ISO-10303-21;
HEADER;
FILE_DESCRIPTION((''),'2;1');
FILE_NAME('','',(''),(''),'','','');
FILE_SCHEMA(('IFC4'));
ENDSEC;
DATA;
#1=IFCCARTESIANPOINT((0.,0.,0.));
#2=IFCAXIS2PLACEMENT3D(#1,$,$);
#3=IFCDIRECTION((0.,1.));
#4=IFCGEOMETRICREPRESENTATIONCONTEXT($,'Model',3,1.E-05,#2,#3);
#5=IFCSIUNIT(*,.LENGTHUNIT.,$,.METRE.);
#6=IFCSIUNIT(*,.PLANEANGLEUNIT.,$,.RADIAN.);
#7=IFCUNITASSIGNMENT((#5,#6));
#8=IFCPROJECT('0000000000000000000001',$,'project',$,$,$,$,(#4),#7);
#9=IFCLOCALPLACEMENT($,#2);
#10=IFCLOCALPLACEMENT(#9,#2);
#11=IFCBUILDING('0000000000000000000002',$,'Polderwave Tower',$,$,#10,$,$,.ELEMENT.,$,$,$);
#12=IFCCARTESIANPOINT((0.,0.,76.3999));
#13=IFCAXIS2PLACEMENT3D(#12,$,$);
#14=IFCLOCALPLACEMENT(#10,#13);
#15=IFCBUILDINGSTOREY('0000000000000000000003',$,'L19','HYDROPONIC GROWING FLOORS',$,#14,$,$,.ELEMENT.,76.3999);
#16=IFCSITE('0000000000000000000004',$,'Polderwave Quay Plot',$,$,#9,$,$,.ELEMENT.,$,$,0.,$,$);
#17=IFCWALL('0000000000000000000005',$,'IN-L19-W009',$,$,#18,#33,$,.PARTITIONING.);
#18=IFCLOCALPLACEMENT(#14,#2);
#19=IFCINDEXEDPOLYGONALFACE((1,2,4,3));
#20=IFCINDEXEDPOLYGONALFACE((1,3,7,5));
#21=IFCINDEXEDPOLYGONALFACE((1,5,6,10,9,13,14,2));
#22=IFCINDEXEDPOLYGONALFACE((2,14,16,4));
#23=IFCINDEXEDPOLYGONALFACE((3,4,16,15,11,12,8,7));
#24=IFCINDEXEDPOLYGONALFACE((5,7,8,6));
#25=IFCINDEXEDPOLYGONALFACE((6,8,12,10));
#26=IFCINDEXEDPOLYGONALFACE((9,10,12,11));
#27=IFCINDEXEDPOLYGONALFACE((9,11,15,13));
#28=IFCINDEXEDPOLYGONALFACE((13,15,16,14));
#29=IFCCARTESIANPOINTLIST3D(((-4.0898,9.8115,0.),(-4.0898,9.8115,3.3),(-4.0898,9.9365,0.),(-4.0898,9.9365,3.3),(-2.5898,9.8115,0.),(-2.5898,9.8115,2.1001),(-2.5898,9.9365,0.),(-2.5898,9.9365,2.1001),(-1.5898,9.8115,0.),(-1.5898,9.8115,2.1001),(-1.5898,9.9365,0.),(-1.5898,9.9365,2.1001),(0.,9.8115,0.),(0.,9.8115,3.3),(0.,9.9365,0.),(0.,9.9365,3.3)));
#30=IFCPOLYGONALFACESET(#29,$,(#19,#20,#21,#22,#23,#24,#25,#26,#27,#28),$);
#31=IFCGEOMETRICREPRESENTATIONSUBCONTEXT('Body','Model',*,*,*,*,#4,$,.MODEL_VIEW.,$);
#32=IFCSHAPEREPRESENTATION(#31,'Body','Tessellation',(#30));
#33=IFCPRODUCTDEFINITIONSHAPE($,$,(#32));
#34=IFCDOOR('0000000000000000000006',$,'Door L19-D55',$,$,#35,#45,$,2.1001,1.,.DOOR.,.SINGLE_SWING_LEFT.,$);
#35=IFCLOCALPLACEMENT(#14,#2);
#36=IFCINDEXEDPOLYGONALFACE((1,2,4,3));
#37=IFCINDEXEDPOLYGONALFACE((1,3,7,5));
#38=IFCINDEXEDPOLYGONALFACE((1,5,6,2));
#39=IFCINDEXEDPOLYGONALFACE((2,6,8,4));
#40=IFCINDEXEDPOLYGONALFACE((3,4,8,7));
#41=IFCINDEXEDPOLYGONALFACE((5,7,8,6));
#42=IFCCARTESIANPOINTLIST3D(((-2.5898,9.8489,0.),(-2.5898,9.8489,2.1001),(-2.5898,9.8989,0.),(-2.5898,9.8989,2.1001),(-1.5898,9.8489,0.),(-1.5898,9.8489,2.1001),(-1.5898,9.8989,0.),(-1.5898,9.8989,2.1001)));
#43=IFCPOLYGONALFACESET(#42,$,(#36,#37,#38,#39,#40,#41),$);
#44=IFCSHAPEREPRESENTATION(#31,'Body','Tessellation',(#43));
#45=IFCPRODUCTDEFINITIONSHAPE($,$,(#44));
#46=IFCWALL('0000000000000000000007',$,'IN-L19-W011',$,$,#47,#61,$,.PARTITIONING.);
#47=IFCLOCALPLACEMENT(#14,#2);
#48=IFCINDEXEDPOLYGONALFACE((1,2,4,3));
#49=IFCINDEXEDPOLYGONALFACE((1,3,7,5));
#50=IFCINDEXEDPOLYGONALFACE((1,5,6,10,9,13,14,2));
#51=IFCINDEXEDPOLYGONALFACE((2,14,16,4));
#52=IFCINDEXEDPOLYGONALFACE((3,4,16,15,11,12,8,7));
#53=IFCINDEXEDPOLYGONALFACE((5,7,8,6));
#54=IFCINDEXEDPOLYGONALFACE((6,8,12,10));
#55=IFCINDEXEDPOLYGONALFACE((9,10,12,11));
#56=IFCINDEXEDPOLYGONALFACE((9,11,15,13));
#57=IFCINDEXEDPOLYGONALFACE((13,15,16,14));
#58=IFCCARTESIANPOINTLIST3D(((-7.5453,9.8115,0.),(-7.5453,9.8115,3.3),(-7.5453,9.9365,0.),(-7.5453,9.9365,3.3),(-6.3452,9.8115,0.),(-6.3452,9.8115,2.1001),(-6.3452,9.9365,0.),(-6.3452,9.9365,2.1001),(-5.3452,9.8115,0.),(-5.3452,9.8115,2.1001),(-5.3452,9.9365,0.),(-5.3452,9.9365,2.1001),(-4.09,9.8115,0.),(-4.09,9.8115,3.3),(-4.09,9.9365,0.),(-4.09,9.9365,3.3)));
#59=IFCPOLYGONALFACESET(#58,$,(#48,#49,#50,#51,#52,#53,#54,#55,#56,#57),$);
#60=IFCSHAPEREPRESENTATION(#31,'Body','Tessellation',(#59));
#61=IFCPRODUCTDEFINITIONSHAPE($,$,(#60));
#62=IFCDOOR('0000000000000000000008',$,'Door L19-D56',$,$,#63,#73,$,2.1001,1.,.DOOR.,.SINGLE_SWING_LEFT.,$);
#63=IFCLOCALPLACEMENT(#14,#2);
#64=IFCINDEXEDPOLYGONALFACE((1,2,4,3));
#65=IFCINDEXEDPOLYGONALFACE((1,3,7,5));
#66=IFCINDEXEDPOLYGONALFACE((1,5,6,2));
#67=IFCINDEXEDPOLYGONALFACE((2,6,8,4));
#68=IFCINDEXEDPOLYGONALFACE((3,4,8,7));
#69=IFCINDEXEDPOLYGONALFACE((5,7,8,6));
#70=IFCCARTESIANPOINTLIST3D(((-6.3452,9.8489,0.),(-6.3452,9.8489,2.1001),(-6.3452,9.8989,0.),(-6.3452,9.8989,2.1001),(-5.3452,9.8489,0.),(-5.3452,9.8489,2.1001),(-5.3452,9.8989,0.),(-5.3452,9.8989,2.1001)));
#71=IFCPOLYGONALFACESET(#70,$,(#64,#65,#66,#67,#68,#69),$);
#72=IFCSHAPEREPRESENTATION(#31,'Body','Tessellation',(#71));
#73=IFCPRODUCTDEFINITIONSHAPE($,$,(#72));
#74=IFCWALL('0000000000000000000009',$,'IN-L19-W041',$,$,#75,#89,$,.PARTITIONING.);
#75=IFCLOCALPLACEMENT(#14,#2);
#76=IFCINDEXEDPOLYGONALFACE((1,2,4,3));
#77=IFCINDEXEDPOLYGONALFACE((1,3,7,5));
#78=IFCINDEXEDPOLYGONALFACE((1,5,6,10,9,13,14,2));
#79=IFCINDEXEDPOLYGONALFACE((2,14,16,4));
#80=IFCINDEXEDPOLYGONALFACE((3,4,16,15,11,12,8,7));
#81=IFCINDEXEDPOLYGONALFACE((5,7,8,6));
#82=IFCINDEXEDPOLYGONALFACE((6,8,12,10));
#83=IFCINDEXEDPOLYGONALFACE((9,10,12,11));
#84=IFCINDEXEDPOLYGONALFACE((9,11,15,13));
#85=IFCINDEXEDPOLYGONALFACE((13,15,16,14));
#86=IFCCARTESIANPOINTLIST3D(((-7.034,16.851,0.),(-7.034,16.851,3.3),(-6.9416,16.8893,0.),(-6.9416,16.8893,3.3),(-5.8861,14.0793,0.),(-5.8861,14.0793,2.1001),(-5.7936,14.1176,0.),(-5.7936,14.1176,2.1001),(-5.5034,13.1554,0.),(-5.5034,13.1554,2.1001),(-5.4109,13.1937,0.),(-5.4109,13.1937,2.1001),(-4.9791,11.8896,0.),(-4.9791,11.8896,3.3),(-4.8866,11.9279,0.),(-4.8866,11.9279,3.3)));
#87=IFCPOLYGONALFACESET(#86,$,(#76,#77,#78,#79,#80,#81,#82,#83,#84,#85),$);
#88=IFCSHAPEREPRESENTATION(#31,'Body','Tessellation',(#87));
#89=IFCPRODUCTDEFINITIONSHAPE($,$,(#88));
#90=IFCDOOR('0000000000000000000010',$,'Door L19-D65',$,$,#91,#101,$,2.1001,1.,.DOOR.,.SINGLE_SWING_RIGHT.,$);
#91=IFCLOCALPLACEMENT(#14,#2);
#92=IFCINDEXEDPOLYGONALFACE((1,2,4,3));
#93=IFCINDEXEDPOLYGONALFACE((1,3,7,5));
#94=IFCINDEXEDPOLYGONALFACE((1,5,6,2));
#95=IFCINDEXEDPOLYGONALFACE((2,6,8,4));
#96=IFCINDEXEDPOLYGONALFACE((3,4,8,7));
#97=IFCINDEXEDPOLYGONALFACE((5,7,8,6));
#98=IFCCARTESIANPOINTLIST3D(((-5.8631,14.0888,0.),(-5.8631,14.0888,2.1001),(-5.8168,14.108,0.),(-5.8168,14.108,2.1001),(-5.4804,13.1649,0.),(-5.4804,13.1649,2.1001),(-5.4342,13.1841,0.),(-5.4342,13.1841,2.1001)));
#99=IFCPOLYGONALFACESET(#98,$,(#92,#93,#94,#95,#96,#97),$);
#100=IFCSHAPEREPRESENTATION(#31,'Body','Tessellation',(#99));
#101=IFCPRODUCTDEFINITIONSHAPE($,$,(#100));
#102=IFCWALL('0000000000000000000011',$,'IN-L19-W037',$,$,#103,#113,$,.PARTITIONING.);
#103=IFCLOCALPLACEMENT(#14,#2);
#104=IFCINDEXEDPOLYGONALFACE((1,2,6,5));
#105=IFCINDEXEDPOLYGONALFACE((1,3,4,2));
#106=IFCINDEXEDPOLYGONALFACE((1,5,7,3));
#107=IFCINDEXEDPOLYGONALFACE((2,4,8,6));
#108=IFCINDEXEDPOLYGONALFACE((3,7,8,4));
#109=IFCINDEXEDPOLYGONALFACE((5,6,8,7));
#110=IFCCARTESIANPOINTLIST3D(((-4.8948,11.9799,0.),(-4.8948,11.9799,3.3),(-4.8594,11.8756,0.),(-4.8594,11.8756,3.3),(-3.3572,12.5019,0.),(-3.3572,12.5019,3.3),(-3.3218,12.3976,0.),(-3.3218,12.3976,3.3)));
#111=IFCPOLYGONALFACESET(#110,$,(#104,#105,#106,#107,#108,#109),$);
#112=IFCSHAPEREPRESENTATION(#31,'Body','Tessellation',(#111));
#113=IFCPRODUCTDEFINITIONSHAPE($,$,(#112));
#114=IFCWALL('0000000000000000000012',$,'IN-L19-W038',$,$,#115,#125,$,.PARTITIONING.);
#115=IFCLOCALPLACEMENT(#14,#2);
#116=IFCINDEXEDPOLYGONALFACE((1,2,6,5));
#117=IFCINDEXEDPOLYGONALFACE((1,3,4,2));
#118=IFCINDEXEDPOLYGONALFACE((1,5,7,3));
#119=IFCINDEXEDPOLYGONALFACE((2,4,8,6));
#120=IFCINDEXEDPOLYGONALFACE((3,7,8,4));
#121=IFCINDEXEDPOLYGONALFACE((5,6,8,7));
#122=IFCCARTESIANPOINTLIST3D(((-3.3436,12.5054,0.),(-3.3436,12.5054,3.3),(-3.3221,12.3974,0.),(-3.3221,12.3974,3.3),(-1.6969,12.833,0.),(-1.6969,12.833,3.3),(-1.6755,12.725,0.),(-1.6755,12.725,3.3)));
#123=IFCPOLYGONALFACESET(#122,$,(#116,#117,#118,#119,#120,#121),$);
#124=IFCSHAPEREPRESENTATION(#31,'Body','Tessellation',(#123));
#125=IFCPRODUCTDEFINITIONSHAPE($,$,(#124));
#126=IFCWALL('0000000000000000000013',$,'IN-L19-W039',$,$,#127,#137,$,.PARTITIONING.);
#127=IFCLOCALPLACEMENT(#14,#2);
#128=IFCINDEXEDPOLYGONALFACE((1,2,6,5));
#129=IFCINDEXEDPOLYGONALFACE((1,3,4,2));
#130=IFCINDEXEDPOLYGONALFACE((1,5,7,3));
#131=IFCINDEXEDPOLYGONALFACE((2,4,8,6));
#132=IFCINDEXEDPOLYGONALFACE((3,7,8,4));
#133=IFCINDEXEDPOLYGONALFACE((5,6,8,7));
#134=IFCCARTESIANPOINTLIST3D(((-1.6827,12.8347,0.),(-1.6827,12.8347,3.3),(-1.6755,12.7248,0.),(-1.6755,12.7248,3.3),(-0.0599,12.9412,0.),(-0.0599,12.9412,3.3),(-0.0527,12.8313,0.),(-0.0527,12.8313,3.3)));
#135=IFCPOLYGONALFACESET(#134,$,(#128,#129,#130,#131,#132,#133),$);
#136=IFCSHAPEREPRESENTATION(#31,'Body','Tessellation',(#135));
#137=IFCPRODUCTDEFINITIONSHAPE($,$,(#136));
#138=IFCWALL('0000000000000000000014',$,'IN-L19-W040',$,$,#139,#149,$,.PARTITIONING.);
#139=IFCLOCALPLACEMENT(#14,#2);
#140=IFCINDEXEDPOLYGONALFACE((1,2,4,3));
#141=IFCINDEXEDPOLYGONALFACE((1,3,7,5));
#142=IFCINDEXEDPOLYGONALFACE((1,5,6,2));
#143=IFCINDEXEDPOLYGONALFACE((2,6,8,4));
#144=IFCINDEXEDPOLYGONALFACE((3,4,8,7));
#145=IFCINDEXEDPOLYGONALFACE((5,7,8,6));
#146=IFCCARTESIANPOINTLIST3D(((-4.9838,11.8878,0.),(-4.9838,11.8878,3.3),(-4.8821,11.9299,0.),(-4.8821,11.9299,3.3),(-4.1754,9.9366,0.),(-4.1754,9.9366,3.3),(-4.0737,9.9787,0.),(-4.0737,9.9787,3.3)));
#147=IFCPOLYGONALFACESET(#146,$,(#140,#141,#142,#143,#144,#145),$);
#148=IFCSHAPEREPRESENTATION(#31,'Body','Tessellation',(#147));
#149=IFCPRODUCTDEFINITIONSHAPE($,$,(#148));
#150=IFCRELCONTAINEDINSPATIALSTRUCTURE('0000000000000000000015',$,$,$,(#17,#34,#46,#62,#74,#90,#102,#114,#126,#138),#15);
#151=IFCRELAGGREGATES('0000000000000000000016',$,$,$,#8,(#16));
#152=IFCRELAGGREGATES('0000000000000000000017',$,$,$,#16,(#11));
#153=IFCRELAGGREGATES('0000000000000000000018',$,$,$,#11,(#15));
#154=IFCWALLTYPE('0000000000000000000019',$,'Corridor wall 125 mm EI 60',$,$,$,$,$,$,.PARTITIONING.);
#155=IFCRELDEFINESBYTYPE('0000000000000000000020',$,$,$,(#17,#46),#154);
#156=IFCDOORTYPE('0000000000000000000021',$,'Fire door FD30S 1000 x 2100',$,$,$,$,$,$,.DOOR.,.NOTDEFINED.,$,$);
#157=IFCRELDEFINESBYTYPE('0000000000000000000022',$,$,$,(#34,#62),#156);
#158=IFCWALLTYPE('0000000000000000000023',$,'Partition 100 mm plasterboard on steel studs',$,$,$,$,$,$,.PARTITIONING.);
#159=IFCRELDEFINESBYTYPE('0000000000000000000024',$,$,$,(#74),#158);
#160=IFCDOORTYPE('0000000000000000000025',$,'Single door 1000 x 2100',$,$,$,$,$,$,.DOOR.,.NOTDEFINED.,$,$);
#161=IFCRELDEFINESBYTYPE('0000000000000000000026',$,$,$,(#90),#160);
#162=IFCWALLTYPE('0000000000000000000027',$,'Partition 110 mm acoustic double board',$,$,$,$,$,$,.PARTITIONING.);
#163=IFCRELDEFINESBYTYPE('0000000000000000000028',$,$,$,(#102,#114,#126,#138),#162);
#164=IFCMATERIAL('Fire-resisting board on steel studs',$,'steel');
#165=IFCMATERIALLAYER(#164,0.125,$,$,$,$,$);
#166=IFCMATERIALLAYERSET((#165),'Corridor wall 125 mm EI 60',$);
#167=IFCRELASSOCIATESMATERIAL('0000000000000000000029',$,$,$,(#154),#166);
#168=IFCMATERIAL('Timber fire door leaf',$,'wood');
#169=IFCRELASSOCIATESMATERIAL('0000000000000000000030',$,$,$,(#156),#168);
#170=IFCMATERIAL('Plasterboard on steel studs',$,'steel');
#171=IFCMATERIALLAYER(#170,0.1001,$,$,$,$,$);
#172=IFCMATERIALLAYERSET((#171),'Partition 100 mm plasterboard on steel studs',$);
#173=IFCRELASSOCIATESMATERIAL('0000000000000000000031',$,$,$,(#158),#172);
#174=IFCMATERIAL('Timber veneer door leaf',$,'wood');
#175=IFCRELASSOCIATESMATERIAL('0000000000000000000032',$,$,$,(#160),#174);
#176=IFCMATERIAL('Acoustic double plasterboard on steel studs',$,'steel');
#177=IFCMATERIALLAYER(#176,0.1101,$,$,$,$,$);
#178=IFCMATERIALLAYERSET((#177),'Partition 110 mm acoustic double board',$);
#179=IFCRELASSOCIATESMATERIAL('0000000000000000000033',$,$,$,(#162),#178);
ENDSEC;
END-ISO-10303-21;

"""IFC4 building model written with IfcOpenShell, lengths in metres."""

from ifc_helpers import new_model, si_unit, direction, frame, frame_2d, origin, place, context, subcontext, project, spatial, rectangle, extrude, material, layer, layer_set, type_object, element, fill, save


model = new_model("IFC4")

# Units and contexts
model_context = context("Model", 3, precision=1e-05, world=origin(), true_north=direction((0.0, 1.0)))
body_context = subcontext(model_context, "Body", "Model", "MODEL_VIEW")
ifc_project = project(units=[si_unit("LENGTHUNIT", "METRE"), si_unit("PLANEANGLEUNIT", "RADIAN")], contexts=[model_context])

# Site, building, storey
site_placement = place(None, origin())
site = spatial("IfcSite", under=ifc_project, at=site_placement, Name="Polderwave Quay Plot", CompositionType="ELEMENT", RefElevation=0.0)
building_placement = place(site_placement, origin())
building = spatial("IfcBuilding", under=site, at=building_placement, Name="Polderwave Tower", CompositionType="ELEMENT")
storey_placement = place(building_placement, frame((0.0, 0.0, 76.3999)))
storey = spatial("IfcBuildingStorey", under=building, at=storey_placement, Name="L19", Description="HYDROPONIC GROWING FLOORS", CompositionType="ELEMENT", Elevation=76.3999)

# Walls, openings, doors
ifc_material_1 = material(Name="Fire-resisting board on steel studs", Category="steel")
ifc_layer_1 = layer(ifc_material_1, 0.125)
ifc_layer_set_1 = layer_set([ifc_layer_1], Name="Corridor wall 125 mm EI 60")
wall_type_1 = type_object("IfcWallType", Name="Corridor wall 125 mm EI 60", PredefinedType="PARTITIONING", material=ifc_layer_set_1)
wall_1_placement = place(storey_placement, frame((-4.0898, 9.874, 0.0), z_axis=(0.0, 0.0, 1.0), x_axis=(1.0, 0.0, 0.0)))
wall_1 = element("IfcWall", 1, at=wall_1_placement, inside=storey, type_object=wall_type_1, Name="IN-L19-W009", PredefinedType="PARTITIONING", context=body_context, shape_type="SweptSolid", body=[
    extrude(rectangle(XDim=4.0898, YDim=0.125, at=frame_2d((2.0449, 0.0))), origin(), (0.0, 0.0, 1.0), 3.3),
])
opening_1_placement = place(wall_1_placement, frame((1.5, 0.0, 0.0)))
opening_1 = element("IfcOpeningElement", 2, at=opening_1_placement, cuts=wall_1, PredefinedType="OPENING", context=body_context, shape_type="SweptSolid", body=[
    extrude(rectangle(XDim=1.0, YDim=2.1001, at=frame_2d((0.5, 1.05))), frame((0.0, 0.0725, 0.0), z_axis=(0.0, -1.0, 0.0), x_axis=(1.0, 0.0, 0.0)), (0.0, 0.0, 1.0), 0.145),
])
ifc_material_2 = material(Name="Timber fire door leaf", Category="wood")
door_type_1 = type_object("IfcDoorType", Name="Fire door FD30S 1000 x 2100", OperationType="NOTDEFINED", PredefinedType="DOOR", material=ifc_material_2)
door_1_placement = place(opening_1_placement, origin())
door_1 = element("IfcDoor", 3, at=door_1_placement, inside=storey, type_object=door_type_1, Name="Door L19-D55", OperationType="SINGLE_SWING_LEFT", OverallHeight=2.1001, OverallWidth=1.0, PredefinedType="DOOR", context=body_context, shape_type="SweptSolid", body=[
    extrude(rectangle(XDim=1.0, YDim=2.1001, at=frame_2d((0.5, 1.05))), frame((0.0, 0.0249, 0.0), z_axis=(0.0, -1.0, 0.0), x_axis=(1.0, 0.0, 0.0)), (0.0, 0.0, 1.0), 0.05),
])
fill(opening_1, door_1)
wall_2_placement = place(storey_placement, frame((-7.5452, 9.874, 0.0), z_axis=(0.0, 0.0, 1.0), x_axis=(1.0, 0.0, 0.0)))
wall_2 = element("IfcWall", 4, at=wall_2_placement, inside=storey, type_object=wall_type_1, Name="IN-L19-W011", PredefinedType="PARTITIONING", context=body_context, shape_type="SweptSolid", body=[
    extrude(rectangle(XDim=3.4553, YDim=0.125, at=frame_2d((1.7275, 0.0))), origin(), (0.0, 0.0, 1.0), 3.3),
])
opening_2_placement = place(wall_2_placement, frame((1.2, 0.0, 0.0)))
opening_2 = element("IfcOpeningElement", 5, at=opening_2_placement, cuts=wall_2, PredefinedType="OPENING", context=body_context, shape_type="SweptSolid", body=[
    extrude(rectangle(XDim=1.0, YDim=2.1001, at=frame_2d((0.5, 1.05))), frame((0.0, 0.0725, 0.0), z_axis=(0.0, -1.0, 0.0), x_axis=(1.0, 0.0, 0.0)), (0.0, 0.0, 1.0), 0.145),
])
door_2_placement = place(opening_2_placement, origin())
door_2 = element("IfcDoor", 6, at=door_2_placement, inside=storey, type_object=door_type_1, Name="Door L19-D56", OperationType="SINGLE_SWING_LEFT", OverallHeight=2.1001, OverallWidth=1.0, PredefinedType="DOOR", context=body_context, shape_type="SweptSolid", body=[
    extrude(rectangle(XDim=1.0, YDim=2.1001, at=frame_2d((0.5, 1.05))), frame((0.0, 0.0249, 0.0), z_axis=(0.0, -1.0, 0.0), x_axis=(1.0, 0.0, 0.0)), (0.0, 0.0, 1.0), 0.05),
])
fill(opening_2, door_2)
ifc_material_3 = material(Name="Plasterboard on steel studs", Category="steel")
ifc_layer_2 = layer(ifc_material_3, 0.1001)
ifc_layer_set_2 = layer_set([ifc_layer_2], Name="Partition 100 mm plasterboard on steel studs")
wall_type_2 = type_object("IfcWallType", Name="Partition 100 mm plasterboard on steel studs", PredefinedType="PARTITIONING", material=ifc_layer_set_2)
wall_3_placement = place(storey_placement, frame((-6.9878, 16.8701, 0.0), z_axis=(0.0, 0.0, 1.0), x_axis=(0.382658, -0.92389, 0.0)))
wall_3 = element("IfcWall", 7, at=wall_3_placement, inside=storey, type_object=wall_type_2, Name="IN-L19-W041", PredefinedType="PARTITIONING", context=body_context, shape_type="SweptSolid", body=[
    extrude(rectangle(XDim=5.3701, YDim=0.1001, at=frame_2d((2.6851, 0.0))), origin(), (0.0, 0.0, 1.0), 3.3),
])
opening_3_placement = place(wall_3_placement, frame((3.0, 0.0, 0.0)))
opening_3 = element("IfcOpeningElement", 8, at=opening_3_placement, cuts=wall_3, PredefinedType="OPENING", context=body_context, shape_type="SweptSolid", body=[
    extrude(rectangle(XDim=1.0, YDim=2.1001, at=frame_2d((0.5, 1.05))), frame((0.0, 0.0601, 0.0), z_axis=(0.0, -1.0, 0.0), x_axis=(1.0, 0.0, 0.0)), (0.0, 0.0, 1.0), 0.1201),
])
ifc_material_4 = material(Name="Timber veneer door leaf", Category="wood")
door_type_2 = type_object("IfcDoorType", Name="Single door 1000 x 2100", OperationType="NOTDEFINED", PredefinedType="DOOR", material=ifc_material_4)
door_3_placement = place(opening_3_placement, origin())
door_3 = element("IfcDoor", 9, at=door_3_placement, inside=storey, type_object=door_type_2, Name="Door L19-D65", OperationType="SINGLE_SWING_RIGHT", OverallHeight=2.1001, OverallWidth=1.0, PredefinedType="DOOR", context=body_context, shape_type="SweptSolid", body=[
    extrude(rectangle(XDim=1.0, YDim=2.1001, at=frame_2d((0.5, 1.05))), frame((0.0, 0.0249, 0.0), z_axis=(0.0, -1.0, 0.0), x_axis=(1.0, 0.0, 0.0)), (0.0, 0.0, 1.0), 0.05),
])
fill(opening_3, door_3)

# Walls
ifc_material_5 = material(Name="Acoustic double plasterboard on steel studs", Category="steel")
ifc_layer_3 = layer(ifc_material_5, 0.1101)
ifc_layer_set_3 = layer_set([ifc_layer_3], Name="Partition 110 mm acoustic double board")
wall_type_3 = type_object("IfcWallType", Name="Partition 110 mm acoustic double board", PredefinedType="PARTITIONING", material=ifc_layer_set_3)
wall_4_placement = place(storey_placement, frame((-4.8772, 11.9277, 0.0), z_axis=(0.0, 0.0, 1.0), x_axis=(0.946925, 0.321455, 0.0)))
element("IfcWall", 10, at=wall_4_placement, inside=storey, type_object=wall_type_3, Name="IN-L19-W037", PredefinedType="PARTITIONING", context=body_context, shape_type="SweptSolid", body=[
    extrude(rectangle(XDim=1.6238, YDim=0.1101, at=frame_2d((0.812, 0.0))), origin(), (0.0, 0.0, 1.0), 3.3),
])
wall_5_placement = place(storey_placement, frame((-3.3328, 12.4514, 0.0), z_axis=(0.0, 0.0, 1.0), x_axis=(0.980776, 0.195137, 0.0)))
element("IfcWall", 11, at=wall_5_placement, inside=storey, type_object=wall_type_3, Name="IN-L19-W038", PredefinedType="PARTITIONING", context=body_context, shape_type="SweptSolid", body=[
    extrude(rectangle(XDim=1.679, YDim=0.1101, at=frame_2d((0.8394, 0.0))), origin(), (0.0, 0.0, 1.0), 3.3),
])
wall_6_placement = place(storey_placement, frame((-1.679, 12.7798, 0.0), z_axis=(0.0, 0.0, 1.0), x_axis=(0.997856, 0.065453, 0.0)))
element("IfcWall", 12, at=wall_6_placement, inside=storey, type_object=wall_type_3, Name="IN-L19-W039", PredefinedType="PARTITIONING", context=body_context, shape_type="SweptSolid", body=[
    extrude(rectangle(XDim=1.6262, YDim=0.1101, at=frame_2d((0.813, 0.0))), origin(), (0.0, 0.0, 1.0), 3.3),
])
wall_7_placement = place(storey_placement, frame((-4.1245, 9.9575, 0.0), z_axis=(0.0, 0.0, 1.0), x_axis=(-0.382743, 0.923855, 0.0)))
element("IfcWall", 13, at=wall_7_placement, inside=storey, type_object=wall_type_3, Name="IN-L19-W040", PredefinedType="PARTITIONING", context=body_context, shape_type="SweptSolid", body=[
    extrude(rectangle(XDim=2.1121, YDim=0.1101, at=frame_2d((1.0562, 0.0))), origin(), (0.0, 0.0, 1.0), 3.3),
])

save(model, "model.ifc")
